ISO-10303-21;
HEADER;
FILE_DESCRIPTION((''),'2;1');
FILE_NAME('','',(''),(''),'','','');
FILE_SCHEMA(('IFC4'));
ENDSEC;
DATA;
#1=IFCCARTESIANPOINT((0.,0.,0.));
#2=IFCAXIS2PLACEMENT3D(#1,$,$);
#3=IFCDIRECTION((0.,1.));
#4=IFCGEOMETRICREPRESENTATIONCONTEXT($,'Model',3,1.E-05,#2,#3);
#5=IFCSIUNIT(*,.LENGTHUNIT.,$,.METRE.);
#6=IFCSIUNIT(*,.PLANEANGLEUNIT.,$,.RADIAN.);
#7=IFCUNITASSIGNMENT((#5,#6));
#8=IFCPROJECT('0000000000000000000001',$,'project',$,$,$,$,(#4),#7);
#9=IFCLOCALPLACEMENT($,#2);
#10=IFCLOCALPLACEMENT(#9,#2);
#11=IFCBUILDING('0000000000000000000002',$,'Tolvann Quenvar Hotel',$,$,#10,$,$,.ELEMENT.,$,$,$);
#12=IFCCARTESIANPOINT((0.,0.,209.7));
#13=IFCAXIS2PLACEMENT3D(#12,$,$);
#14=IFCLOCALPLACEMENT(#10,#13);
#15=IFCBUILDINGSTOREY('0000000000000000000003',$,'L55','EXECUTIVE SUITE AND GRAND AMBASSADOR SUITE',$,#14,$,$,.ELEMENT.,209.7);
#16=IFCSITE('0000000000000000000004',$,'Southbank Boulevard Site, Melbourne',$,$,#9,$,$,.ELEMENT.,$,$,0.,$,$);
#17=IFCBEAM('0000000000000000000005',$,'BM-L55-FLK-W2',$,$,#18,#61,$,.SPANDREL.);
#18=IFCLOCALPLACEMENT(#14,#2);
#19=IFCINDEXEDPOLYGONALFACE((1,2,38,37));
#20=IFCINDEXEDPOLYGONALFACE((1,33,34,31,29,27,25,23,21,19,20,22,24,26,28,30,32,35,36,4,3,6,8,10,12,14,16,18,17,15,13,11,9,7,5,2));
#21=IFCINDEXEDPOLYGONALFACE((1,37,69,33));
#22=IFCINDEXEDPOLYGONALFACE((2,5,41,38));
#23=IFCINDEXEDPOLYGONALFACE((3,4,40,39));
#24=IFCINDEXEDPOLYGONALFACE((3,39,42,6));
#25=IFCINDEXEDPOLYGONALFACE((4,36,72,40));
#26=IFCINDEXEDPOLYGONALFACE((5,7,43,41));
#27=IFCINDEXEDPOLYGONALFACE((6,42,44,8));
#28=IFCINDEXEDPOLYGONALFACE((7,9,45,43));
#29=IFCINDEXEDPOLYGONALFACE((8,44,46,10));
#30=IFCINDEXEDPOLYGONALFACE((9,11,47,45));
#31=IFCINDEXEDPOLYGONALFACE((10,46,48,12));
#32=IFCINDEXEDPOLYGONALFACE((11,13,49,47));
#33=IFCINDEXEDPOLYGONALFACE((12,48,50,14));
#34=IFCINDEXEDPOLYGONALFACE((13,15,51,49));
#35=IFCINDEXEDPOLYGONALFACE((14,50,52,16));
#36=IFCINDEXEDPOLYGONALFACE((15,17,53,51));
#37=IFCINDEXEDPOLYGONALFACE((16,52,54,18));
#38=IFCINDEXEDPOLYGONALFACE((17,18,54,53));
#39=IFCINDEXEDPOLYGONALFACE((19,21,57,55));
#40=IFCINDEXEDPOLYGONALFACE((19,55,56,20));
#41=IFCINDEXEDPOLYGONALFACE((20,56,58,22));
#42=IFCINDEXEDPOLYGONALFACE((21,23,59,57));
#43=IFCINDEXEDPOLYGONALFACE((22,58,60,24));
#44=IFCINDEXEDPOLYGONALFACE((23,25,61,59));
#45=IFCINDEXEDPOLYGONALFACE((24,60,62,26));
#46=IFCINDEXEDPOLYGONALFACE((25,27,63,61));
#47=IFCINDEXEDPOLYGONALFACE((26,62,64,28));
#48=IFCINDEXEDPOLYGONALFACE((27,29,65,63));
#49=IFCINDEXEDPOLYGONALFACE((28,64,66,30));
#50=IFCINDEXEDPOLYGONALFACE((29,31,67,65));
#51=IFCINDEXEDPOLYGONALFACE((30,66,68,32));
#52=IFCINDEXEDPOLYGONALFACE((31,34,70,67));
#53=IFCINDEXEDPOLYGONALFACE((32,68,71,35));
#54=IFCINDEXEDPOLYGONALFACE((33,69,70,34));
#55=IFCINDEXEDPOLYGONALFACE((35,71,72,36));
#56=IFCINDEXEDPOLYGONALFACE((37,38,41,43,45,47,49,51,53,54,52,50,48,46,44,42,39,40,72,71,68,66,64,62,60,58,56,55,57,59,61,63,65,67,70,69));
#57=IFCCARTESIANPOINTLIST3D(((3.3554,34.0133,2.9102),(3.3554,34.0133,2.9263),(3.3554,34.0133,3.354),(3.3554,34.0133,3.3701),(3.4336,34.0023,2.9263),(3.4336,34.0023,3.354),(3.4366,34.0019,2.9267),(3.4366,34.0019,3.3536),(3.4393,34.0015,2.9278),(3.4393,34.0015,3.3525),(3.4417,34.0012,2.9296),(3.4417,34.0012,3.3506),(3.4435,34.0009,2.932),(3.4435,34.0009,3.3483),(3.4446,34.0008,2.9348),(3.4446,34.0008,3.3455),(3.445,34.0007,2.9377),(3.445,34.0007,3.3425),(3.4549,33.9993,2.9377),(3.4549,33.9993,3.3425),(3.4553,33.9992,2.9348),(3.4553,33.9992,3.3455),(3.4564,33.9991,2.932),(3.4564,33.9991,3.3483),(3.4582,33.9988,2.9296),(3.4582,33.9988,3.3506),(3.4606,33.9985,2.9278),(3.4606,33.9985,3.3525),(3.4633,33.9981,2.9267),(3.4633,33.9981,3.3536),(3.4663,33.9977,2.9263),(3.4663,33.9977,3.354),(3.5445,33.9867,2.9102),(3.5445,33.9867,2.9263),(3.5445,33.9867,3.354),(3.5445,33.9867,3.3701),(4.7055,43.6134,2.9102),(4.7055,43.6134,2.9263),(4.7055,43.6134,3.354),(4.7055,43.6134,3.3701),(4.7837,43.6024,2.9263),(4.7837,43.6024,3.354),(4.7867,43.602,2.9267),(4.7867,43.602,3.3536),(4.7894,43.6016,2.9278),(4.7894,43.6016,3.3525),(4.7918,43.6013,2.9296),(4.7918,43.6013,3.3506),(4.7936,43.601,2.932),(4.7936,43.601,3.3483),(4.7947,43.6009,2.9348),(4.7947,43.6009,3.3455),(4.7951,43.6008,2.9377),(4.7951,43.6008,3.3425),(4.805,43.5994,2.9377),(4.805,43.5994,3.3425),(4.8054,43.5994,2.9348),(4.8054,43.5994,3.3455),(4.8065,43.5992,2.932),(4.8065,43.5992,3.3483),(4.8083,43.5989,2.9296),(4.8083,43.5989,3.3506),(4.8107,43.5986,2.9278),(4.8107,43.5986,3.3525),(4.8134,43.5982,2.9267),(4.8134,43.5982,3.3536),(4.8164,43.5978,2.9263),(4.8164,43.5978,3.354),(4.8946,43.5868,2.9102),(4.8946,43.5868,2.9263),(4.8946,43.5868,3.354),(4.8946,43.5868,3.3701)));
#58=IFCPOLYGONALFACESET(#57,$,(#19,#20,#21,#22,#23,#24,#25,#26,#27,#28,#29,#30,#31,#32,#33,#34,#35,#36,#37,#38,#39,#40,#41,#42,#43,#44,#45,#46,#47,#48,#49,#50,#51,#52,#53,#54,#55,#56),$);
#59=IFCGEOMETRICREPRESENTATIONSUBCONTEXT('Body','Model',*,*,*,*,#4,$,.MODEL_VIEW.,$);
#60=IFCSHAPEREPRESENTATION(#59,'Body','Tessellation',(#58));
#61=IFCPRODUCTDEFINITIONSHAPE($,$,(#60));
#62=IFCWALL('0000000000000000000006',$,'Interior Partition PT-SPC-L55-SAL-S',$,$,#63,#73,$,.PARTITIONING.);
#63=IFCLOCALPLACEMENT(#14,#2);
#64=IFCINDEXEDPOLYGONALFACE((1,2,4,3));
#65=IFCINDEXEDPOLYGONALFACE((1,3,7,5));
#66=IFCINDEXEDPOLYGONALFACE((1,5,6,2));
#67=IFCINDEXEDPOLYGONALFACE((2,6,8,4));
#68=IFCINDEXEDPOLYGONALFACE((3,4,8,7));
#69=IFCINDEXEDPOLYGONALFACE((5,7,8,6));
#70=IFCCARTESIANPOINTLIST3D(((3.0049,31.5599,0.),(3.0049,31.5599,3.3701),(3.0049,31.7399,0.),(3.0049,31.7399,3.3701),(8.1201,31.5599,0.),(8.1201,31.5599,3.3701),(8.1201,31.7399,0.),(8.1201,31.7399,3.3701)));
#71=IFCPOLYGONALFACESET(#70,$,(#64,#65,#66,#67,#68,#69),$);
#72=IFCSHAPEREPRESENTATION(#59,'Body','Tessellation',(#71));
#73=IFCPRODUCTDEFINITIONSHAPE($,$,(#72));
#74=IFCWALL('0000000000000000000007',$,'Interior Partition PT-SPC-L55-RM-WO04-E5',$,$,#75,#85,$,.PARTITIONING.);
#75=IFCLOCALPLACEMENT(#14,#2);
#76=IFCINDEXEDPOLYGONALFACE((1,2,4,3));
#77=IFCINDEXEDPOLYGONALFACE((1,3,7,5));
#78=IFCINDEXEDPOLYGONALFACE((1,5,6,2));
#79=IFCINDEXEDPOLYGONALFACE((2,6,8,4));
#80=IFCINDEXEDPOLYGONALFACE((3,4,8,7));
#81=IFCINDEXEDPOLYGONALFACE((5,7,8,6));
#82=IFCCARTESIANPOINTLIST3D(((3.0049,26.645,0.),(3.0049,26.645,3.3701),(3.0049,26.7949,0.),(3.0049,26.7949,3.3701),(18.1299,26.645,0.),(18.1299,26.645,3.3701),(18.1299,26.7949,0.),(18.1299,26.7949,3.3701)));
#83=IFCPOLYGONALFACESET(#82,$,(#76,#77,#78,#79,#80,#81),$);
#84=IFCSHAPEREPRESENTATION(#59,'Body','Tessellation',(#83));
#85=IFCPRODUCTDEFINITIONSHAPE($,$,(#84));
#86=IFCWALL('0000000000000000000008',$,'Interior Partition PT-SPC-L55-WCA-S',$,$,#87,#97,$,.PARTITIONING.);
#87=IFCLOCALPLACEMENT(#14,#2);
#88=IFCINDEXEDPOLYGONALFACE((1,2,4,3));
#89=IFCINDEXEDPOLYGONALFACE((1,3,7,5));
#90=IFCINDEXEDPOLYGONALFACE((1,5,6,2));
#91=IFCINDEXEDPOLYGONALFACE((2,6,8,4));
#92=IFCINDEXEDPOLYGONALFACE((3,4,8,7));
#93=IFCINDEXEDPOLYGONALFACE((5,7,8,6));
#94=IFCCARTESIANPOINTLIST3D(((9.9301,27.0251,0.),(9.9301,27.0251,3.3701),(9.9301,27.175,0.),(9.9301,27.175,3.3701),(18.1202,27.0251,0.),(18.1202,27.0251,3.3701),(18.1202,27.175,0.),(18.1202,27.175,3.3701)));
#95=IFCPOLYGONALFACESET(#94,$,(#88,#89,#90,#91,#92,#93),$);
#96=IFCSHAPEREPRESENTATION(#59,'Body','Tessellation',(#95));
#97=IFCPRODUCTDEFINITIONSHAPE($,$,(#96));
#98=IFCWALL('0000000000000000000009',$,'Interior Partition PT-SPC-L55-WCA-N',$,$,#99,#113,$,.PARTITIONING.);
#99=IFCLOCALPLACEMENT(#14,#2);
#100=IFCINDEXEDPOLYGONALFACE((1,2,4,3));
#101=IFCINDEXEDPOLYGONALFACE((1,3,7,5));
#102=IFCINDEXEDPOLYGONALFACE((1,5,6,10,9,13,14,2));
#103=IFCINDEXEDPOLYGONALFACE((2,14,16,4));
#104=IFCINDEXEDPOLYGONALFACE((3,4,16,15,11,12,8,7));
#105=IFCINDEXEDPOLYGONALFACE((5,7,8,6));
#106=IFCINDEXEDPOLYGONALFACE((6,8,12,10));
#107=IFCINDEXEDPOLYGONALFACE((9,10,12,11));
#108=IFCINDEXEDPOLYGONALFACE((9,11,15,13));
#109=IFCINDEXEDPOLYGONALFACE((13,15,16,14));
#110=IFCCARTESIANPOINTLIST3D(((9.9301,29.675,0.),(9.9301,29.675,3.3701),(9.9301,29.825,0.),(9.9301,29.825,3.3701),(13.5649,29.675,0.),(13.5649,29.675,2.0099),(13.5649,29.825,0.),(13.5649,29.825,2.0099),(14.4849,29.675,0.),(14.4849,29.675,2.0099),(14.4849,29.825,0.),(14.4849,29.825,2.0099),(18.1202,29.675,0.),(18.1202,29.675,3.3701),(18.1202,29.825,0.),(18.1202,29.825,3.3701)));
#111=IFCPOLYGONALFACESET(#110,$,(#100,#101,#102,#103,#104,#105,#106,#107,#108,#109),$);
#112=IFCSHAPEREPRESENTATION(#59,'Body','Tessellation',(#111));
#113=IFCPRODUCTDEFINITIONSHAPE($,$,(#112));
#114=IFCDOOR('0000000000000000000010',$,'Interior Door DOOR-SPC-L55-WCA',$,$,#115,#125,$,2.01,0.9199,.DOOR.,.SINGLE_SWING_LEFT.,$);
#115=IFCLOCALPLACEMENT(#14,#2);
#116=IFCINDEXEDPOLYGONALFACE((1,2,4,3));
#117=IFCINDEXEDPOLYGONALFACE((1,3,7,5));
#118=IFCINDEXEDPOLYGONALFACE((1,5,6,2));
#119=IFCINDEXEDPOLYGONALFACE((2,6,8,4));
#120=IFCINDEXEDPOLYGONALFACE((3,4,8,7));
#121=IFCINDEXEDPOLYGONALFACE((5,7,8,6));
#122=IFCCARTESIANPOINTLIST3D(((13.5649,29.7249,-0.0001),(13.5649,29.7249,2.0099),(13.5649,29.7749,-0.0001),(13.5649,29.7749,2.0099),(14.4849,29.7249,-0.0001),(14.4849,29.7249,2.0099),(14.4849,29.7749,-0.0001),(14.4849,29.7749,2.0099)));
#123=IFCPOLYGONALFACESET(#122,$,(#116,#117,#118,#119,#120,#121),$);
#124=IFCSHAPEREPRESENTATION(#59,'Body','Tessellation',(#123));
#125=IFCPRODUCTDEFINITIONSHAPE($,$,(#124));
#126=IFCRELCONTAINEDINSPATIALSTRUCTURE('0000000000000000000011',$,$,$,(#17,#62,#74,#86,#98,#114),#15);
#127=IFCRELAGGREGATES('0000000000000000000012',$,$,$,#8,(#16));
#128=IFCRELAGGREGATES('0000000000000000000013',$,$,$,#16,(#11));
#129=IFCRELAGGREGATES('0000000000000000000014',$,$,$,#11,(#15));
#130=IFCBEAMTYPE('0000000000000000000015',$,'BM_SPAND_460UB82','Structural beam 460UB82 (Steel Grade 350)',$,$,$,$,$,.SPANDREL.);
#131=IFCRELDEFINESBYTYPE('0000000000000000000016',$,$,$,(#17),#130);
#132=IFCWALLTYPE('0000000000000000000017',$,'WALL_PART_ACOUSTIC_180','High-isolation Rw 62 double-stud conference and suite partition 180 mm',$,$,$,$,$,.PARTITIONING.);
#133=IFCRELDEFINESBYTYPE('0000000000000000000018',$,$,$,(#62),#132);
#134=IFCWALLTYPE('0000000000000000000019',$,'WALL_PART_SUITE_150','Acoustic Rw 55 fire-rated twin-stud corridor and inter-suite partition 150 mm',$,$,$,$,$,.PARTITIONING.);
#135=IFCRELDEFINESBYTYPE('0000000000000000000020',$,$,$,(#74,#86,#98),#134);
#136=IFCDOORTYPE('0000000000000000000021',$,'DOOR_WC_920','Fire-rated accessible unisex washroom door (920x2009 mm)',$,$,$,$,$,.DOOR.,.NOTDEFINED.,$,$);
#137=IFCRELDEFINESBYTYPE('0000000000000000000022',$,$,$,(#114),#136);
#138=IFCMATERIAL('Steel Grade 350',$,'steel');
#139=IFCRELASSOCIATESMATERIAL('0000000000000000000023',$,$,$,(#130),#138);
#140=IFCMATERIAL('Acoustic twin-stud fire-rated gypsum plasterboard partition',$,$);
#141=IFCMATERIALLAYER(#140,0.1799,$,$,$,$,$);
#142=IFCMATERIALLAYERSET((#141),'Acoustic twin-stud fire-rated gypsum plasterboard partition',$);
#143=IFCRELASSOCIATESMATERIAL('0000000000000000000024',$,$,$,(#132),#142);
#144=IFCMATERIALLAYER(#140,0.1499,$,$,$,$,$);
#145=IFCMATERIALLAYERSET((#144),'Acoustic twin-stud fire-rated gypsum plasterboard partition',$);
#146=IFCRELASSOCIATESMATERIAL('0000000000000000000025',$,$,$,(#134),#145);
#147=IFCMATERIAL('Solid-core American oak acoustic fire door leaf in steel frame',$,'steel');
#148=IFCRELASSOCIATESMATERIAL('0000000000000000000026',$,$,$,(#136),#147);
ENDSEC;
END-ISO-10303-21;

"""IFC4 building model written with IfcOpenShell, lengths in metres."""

from ifc_helpers import new_model, si_unit, direction, frame, frame_2d, origin, origin_2d, place, context, subcontext, project, spatial, rectangle, i_section, extrude, source, transform, mapped, material, layer, layer_set, material_profile, profile_set, type_object, type_shapes, element, fill, save


model = new_model("IFC4")

# Units and contexts
model_context = context("Model", 3, precision=1e-05, world=origin(), true_north=direction((0.0, 1.0)))
body_context = subcontext(model_context, "Body", "Model", "MODEL_VIEW")
ifc_project = project(units=[si_unit("LENGTHUNIT", "METRE"), si_unit("PLANEANGLEUNIT", "RADIAN")], contexts=[model_context])

# Site, building, storey
site_placement = place(None, origin())
site = spatial("IfcSite", under=ifc_project, at=site_placement, Name="Southbank Boulevard Site, Melbourne", CompositionType="ELEMENT", RefElevation=0.0)
building_placement = place(site_placement, origin())
building = spatial("IfcBuilding", under=site, at=building_placement, Name="Tolvann Quenvar Hotel", CompositionType="ELEMENT")
storey_placement = place(building_placement, frame((0.0, 0.0, 209.7)))
storey = spatial("IfcBuildingStorey", under=building, at=storey_placement, Name="L55", Description="EXECUTIVE SUITE AND GRAND AMBASSADOR SUITE", CompositionType="ELEMENT", Elevation=209.7)

# Shared definitions
ifc_material_1 = material(Name="Steel Grade 350", Category="steel")

# Beam
ifc_material_profile_1 = material_profile(ifc_material_1, i_section(OverallWidth=0.1909, OverallDepth=0.46, WebThickness=0.01, FlangeThickness=0.0161, FilletRadius=0.0115, at=origin_2d()), Name="460UB82")
ifc_profile_set_1 = profile_set([ifc_material_profile_1], Name="Steel Grade 350")
beam_type_1 = type_object("IfcBeamType", Name="BM_SPAND_460UB82", Description="Structural beam 460UB82 (Steel Grade 350)", PredefinedType="SPANDREL", material=ifc_profile_set_1)
shared_shape_1 = source(origin(), body_context, "Body", "SweptSolid", [
    extrude(i_section(OverallWidth=0.1909, OverallDepth=0.46, WebThickness=0.01, FlangeThickness=0.0161, FilletRadius=0.0115, at=origin_2d()), origin(), (0.0, 0.0, 1.0), 9.6946),
])
beam_1_placement = place(storey_placement, frame((3.45, 34.0, 3.1401), z_axis=(0.139263, 0.990255, 0.0), x_axis=(-0.990255, 0.139263, 0.0)))
element("IfcBeam", 1, at=beam_1_placement, inside=storey, type_object=beam_type_1, Name="BM-L55-FLK-W2", PredefinedType="SPANDREL", context=body_context, shape_type="MappedRepresentation", body=[
    mapped(shared_shape_1, transform((0.0, 0.0, 0.0), x_axis=(1.0, 0.0, 0.0), y_axis=(0.0, 1.0, 0.0), z_axis=(0.0, 0.0, 1.0), scale=1.0)),
])

# Wall
ifc_material_2 = material(Name="Acoustic twin-stud fire-rated gypsum plasterboard partition")
ifc_layer_1 = layer(ifc_material_2, 0.1799)
ifc_layer_set_1 = layer_set([ifc_layer_1], Name="Acoustic twin-stud fire-rated gypsum plasterboard partition")
wall_type_1 = type_object("IfcWallType", Name="WALL_PART_ACOUSTIC_180", Description="High-isolation Rw 62 double-stud conference and suite partition 180 mm", PredefinedType="PARTITIONING", material=ifc_layer_set_1)
wall_1_placement = place(storey_placement, frame((3.0049, 31.6499, 0.0), z_axis=(0.0, 0.0, 1.0), x_axis=(1.0, 0.0, 0.0)))
element("IfcWall", 2, at=wall_1_placement, inside=storey, type_object=wall_type_1, Name="Interior Partition PT-SPC-L55-SAL-S", PredefinedType="PARTITIONING", context=body_context, shape_type="SweptSolid", body=[
    extrude(rectangle(XDim=5.1152, YDim=0.1799, at=frame_2d((2.5576, 0.0))), origin(), (0.0, 0.0, 1.0), 3.3701),
])

# Shared definitions
ifc_material_3 = material(Name="Solid-core American oak acoustic fire door leaf in steel frame", Category="steel")

# Walls
ifc_layer_2 = layer(ifc_material_2, 0.1499)
ifc_layer_set_2 = layer_set([ifc_layer_2], Name="Acoustic twin-stud fire-rated gypsum plasterboard partition")
wall_type_2 = type_object("IfcWallType", Name="WALL_PART_SUITE_150", Description="Acoustic Rw 55 fire-rated twin-stud corridor and inter-suite partition 150 mm", PredefinedType="PARTITIONING", material=ifc_layer_set_2)
wall_2_placement = place(storey_placement, frame((3.0049, 26.72, 0.0), z_axis=(0.0, 0.0, 1.0), x_axis=(1.0, 0.0, 0.0)))
element("IfcWall", 3, at=wall_2_placement, inside=storey, type_object=wall_type_2, Name="Interior Partition PT-SPC-L55-RM-WO04-E5", PredefinedType="PARTITIONING", context=body_context, shape_type="SweptSolid", body=[
    extrude(rectangle(XDim=15.125, YDim=0.1499, at=frame_2d((7.5625, 0.0))), origin(), (0.0, 0.0, 1.0), 3.3701),
])
wall_3_placement = place(storey_placement, frame((9.9299, 27.1001, 0.0), z_axis=(0.0, 0.0, 1.0), x_axis=(1.0, 0.0, 0.0)))
element("IfcWall", 4, at=wall_3_placement, inside=storey, type_object=wall_type_2, Name="Interior Partition PT-SPC-L55-WCA-S", PredefinedType="PARTITIONING", context=body_context, shape_type="SweptSolid", body=[
    extrude(rectangle(XDim=8.1902, YDim=0.1499, at=frame_2d((4.0952, 0.0))), origin(), (0.0, 0.0, 1.0), 3.3701),
])

# Wall, opening, door
wall_4_placement = place(storey_placement, frame((9.9299, 29.75, 0.0), z_axis=(0.0, 0.0, 1.0), x_axis=(1.0, 0.0, 0.0)))
wall_4 = element("IfcWall", 5, at=wall_4_placement, inside=storey, type_object=wall_type_2, Name="Interior Partition PT-SPC-L55-WCA-N", PredefinedType="PARTITIONING", context=body_context, shape_type="SweptSolid", body=[
    extrude(rectangle(XDim=8.1902, YDim=0.1499, at=frame_2d((4.0952, 0.0))), origin(), (0.0, 0.0, 1.0), 3.3701),
])
opening_1_placement = place(wall_4_placement, frame((3.635, 0.0, 0.0)))
opening_1 = element("IfcOpeningElement", 6, at=opening_1_placement, cuts=wall_4, PredefinedType="OPENING", context=body_context, shape_type="SweptSolid", body=[
    extrude(rectangle(XDim=0.9199, YDim=2.01, at=frame_2d((0.46, 1.0049))), frame((0.0, 0.085, 0.0), z_axis=(0.0, -1.0, 0.0), x_axis=(1.0, 0.0, 0.0)), (0.0, 0.0, 1.0), 0.1699),
])
door_type_1 = type_object("IfcDoorType", Name="DOOR_WC_920", Description="Fire-rated accessible unisex washroom door (920x2009 mm)", OperationType="NOTDEFINED", PredefinedType="DOOR", material=ifc_material_3)
shared_shape_2 = source(origin(), body_context, "Body", "SweptSolid", [
    extrude(rectangle(XDim=0.9199, YDim=2.01, at=frame_2d((0.46, 1.0049))), frame((0.0, 0.0249, 0.0), z_axis=(0.0, -1.0, 0.0), x_axis=(1.0, 0.0, 0.0)), (0.0, 0.0, 1.0), 0.05),
])
type_shapes(door_type_1, [shared_shape_2])
door_1_placement = place(opening_1_placement, origin())
door_1 = element("IfcDoor", 7, at=door_1_placement, inside=storey, type_object=door_type_1, Name="Interior Door DOOR-SPC-L55-WCA", OperationType="SINGLE_SWING_LEFT", OverallHeight=2.01, OverallWidth=0.9199, PredefinedType="DOOR", context=body_context, shape_type="MappedRepresentation", body=[
    mapped(shared_shape_2, transform((0.0, 0.0, 0.0), x_axis=(1.0, 0.0, 0.0), y_axis=(0.0, 1.0, 0.0), z_axis=(0.0, 0.0, 1.0), scale=1.0)),
])
fill(opening_1, door_1)

save(model, "model.ifc")
